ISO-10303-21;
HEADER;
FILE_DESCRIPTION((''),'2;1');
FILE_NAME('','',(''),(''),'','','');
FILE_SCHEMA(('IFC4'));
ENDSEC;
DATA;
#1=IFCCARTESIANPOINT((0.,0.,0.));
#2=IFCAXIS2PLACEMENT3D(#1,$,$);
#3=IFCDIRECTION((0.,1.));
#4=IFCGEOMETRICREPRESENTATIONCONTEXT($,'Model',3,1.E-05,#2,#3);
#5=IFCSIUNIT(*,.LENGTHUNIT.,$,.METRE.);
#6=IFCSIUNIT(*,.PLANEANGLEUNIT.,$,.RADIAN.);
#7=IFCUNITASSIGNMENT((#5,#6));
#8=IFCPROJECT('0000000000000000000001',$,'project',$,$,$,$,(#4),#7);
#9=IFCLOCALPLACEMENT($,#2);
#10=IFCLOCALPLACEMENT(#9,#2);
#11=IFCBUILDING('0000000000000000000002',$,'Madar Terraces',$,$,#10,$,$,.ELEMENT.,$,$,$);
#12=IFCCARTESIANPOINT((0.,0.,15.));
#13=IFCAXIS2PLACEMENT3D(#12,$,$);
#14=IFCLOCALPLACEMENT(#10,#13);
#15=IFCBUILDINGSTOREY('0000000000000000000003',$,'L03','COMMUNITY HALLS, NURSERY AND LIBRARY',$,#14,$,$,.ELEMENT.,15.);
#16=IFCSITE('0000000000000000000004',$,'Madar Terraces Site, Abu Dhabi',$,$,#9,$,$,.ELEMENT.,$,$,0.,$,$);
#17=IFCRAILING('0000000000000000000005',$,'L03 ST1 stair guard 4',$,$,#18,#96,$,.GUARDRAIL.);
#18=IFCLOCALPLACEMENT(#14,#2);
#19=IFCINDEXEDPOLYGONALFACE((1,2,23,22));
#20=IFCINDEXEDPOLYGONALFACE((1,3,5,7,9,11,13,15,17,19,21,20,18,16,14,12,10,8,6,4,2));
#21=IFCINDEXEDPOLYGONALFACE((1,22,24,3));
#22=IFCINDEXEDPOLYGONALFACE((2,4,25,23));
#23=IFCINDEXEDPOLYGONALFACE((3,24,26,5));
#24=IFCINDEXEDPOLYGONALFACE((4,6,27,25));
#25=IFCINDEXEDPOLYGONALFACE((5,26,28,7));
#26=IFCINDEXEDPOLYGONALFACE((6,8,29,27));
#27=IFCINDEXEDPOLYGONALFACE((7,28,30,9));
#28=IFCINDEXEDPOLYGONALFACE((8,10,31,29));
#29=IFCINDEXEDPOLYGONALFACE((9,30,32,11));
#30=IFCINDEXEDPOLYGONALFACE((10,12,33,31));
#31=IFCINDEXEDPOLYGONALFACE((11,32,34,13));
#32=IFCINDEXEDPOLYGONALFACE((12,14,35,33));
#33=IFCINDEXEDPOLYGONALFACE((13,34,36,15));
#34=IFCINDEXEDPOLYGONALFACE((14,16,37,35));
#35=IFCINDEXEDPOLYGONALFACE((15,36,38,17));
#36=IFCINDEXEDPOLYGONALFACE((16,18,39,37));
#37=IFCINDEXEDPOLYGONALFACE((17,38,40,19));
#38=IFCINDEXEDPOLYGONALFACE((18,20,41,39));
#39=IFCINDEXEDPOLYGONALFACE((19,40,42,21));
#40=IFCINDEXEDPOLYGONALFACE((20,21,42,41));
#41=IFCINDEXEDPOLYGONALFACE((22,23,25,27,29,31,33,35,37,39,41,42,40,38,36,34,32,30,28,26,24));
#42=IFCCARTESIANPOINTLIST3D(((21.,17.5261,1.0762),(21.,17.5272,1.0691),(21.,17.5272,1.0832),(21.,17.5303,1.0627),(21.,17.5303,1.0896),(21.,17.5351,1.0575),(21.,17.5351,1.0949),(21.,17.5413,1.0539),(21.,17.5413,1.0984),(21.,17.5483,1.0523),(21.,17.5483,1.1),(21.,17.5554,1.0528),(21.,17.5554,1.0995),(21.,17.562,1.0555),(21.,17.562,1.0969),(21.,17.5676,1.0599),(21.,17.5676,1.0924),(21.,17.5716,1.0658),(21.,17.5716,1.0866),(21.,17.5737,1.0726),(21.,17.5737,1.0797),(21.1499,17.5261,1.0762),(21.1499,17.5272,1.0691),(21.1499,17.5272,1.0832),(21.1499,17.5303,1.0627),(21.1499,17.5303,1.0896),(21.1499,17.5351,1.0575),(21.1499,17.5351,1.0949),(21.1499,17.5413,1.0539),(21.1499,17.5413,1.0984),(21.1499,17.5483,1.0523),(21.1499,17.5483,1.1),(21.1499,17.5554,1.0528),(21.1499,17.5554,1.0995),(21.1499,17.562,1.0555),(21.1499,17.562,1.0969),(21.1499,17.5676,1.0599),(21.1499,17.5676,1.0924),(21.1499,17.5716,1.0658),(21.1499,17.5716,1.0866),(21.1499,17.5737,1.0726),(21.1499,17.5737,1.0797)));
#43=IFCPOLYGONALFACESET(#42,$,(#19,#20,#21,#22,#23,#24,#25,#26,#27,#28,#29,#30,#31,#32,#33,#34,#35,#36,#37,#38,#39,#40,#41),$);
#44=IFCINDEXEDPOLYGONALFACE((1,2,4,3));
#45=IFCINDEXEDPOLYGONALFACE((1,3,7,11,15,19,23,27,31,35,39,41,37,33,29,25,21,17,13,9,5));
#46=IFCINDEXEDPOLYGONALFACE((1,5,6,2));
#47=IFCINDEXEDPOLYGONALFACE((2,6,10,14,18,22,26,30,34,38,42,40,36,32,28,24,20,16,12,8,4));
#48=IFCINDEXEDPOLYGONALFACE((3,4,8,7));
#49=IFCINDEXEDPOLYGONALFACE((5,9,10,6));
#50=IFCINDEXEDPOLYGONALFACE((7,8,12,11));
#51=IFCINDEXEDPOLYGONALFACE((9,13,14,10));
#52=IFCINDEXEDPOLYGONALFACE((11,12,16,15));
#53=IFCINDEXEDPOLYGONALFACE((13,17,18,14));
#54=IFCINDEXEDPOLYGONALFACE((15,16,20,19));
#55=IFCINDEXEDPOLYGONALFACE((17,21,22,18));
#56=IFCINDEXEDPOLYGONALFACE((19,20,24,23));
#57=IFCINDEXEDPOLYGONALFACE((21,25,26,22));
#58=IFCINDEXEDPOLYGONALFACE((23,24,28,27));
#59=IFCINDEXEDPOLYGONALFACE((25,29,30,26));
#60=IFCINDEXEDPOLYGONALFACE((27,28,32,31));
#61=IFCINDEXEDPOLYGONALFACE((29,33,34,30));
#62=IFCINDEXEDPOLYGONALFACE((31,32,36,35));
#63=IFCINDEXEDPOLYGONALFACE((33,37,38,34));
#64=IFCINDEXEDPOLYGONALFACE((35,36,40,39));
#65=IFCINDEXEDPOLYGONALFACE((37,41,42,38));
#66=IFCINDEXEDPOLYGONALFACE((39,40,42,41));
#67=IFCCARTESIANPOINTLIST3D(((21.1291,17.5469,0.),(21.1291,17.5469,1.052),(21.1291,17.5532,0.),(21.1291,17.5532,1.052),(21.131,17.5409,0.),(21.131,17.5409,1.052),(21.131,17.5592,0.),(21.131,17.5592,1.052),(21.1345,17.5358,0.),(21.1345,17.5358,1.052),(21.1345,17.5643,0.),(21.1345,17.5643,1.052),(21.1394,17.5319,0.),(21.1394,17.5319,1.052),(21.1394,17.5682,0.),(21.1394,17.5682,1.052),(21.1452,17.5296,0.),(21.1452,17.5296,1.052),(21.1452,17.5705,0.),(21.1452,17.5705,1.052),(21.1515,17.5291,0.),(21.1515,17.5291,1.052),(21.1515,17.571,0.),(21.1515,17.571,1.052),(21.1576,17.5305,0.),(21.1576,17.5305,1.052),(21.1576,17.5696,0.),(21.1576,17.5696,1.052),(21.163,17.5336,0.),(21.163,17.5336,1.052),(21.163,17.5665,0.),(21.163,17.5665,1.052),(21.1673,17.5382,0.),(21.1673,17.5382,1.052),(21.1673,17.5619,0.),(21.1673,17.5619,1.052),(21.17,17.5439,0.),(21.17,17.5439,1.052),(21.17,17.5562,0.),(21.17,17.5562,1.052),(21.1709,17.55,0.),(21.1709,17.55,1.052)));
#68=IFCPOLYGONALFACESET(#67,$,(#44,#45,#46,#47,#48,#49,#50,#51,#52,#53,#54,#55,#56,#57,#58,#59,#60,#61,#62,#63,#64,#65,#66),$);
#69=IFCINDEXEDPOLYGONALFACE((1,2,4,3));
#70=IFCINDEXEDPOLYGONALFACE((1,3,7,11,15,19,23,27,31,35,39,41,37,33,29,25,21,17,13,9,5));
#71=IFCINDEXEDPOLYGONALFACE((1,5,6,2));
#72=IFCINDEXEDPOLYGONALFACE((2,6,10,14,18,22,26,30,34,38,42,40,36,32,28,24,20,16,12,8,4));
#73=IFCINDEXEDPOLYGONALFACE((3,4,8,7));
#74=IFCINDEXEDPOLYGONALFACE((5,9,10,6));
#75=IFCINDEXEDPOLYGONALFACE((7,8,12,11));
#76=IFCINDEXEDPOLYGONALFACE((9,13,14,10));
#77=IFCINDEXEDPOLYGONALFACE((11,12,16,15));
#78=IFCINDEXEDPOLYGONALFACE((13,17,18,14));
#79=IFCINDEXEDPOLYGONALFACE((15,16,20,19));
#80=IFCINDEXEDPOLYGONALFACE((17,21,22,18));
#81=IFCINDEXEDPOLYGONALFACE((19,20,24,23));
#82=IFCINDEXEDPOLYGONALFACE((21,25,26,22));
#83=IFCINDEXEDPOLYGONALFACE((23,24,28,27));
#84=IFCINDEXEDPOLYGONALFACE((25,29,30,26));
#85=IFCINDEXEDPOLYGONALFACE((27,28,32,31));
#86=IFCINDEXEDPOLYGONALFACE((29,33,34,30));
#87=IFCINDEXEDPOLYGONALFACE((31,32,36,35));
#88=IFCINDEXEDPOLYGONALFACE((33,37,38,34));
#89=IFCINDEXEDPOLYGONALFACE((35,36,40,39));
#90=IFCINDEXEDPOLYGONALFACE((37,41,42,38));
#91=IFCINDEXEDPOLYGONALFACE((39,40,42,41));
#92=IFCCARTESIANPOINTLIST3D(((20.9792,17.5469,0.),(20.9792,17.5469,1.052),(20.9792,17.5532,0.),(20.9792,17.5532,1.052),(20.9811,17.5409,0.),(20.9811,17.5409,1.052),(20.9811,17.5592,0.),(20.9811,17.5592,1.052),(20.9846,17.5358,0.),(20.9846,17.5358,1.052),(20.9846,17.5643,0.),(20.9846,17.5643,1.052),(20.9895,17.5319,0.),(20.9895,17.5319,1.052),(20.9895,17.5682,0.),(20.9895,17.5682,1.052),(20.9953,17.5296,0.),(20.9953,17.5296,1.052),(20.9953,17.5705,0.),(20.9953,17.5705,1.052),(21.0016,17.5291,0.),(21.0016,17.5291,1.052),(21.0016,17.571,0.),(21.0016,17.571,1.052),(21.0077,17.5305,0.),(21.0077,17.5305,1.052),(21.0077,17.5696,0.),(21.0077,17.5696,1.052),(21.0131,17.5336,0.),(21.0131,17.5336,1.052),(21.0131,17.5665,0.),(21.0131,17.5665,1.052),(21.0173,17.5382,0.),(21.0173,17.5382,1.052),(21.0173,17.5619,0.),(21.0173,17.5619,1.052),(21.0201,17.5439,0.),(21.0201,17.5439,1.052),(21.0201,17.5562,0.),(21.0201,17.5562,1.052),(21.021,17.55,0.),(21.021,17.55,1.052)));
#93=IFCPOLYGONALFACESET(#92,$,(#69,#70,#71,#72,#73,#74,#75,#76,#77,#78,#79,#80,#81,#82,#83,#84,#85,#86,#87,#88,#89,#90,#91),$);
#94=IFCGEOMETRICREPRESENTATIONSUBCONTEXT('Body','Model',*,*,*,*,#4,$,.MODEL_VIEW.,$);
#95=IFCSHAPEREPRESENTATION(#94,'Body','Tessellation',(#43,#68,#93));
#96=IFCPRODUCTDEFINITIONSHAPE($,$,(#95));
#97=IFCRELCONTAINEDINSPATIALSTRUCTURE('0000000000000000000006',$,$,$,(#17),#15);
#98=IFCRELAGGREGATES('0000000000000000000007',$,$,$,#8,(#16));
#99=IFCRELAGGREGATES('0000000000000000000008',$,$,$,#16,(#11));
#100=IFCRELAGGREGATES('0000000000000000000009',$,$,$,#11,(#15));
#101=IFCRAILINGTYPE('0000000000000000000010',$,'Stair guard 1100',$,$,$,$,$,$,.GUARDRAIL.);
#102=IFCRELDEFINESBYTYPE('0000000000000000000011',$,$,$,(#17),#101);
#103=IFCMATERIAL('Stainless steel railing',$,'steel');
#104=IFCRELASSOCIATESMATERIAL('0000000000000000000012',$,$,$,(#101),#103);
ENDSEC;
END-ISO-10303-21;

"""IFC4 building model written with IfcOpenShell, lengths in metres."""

from ifc_helpers import new_model, si_unit, direction, frame, origin, origin_2d, place, context, subcontext, project, spatial, circle, extrude, material, type_object, element, save


model = new_model("IFC4")

# Units and contexts
model_context = context("Model", 3, precision=1e-05, world=origin(), true_north=direction((0.0, 1.0)))
body_context = subcontext(model_context, "Body", "Model", "MODEL_VIEW")
ifc_project = project(units=[si_unit("LENGTHUNIT", "METRE"), si_unit("PLANEANGLEUNIT", "RADIAN")], contexts=[model_context])

# Site, building, storey
site_placement = place(None, origin())
site = spatial("IfcSite", under=ifc_project, at=site_placement, Name="Madar Terraces Site, Abu Dhabi", CompositionType="ELEMENT", RefElevation=0.0)
building_placement = place(site_placement, origin())
building = spatial("IfcBuilding", under=site, at=building_placement, Name="Madar Terraces", CompositionType="ELEMENT")
storey_placement = place(building_placement, frame((0.0, 0.0, 15.0)))
storey = spatial("IfcBuildingStorey", under=building, at=storey_placement, Name="L03", Description="COMMUNITY HALLS, NURSERY AND LIBRARY", CompositionType="ELEMENT", Elevation=15.0)

# Railing
ifc_material_1 = material(Name="Stainless steel railing", Category="steel")
railing_type_1 = type_object("IfcRailingType", Name="Stair guard 1100", PredefinedType="GUARDRAIL", material=ifc_material_1)
railing_1_placement = place(storey_placement, frame((21.1499, 17.55, 0.0)))
element("IfcRailing", 1, at=railing_1_placement, inside=storey, type_object=railing_type_1, Name="L03 ST1 stair guard 4", PredefinedType="GUARDRAIL", context=body_context, shape_type="SweptSolid", body=[
    extrude(circle(Radius=0.0239, at=origin_2d()), frame((0.0, 0.0, 1.0762), z_axis=(-1.0, 0.0, 0.0), x_axis=(0.0, -1.0, 0.0)), (0.0, 0.0, 1.0), 0.1499),
    extrude(circle(Radius=0.021, at=origin_2d()), origin(), (0.0, 0.0, 1.0), 1.052),
    extrude(circle(Radius=0.021, at=origin_2d()), frame((-0.1499, 0.0, 0.0)), (0.0, 0.0, 1.0), 1.052),
])

save(model, "model.ifc")
